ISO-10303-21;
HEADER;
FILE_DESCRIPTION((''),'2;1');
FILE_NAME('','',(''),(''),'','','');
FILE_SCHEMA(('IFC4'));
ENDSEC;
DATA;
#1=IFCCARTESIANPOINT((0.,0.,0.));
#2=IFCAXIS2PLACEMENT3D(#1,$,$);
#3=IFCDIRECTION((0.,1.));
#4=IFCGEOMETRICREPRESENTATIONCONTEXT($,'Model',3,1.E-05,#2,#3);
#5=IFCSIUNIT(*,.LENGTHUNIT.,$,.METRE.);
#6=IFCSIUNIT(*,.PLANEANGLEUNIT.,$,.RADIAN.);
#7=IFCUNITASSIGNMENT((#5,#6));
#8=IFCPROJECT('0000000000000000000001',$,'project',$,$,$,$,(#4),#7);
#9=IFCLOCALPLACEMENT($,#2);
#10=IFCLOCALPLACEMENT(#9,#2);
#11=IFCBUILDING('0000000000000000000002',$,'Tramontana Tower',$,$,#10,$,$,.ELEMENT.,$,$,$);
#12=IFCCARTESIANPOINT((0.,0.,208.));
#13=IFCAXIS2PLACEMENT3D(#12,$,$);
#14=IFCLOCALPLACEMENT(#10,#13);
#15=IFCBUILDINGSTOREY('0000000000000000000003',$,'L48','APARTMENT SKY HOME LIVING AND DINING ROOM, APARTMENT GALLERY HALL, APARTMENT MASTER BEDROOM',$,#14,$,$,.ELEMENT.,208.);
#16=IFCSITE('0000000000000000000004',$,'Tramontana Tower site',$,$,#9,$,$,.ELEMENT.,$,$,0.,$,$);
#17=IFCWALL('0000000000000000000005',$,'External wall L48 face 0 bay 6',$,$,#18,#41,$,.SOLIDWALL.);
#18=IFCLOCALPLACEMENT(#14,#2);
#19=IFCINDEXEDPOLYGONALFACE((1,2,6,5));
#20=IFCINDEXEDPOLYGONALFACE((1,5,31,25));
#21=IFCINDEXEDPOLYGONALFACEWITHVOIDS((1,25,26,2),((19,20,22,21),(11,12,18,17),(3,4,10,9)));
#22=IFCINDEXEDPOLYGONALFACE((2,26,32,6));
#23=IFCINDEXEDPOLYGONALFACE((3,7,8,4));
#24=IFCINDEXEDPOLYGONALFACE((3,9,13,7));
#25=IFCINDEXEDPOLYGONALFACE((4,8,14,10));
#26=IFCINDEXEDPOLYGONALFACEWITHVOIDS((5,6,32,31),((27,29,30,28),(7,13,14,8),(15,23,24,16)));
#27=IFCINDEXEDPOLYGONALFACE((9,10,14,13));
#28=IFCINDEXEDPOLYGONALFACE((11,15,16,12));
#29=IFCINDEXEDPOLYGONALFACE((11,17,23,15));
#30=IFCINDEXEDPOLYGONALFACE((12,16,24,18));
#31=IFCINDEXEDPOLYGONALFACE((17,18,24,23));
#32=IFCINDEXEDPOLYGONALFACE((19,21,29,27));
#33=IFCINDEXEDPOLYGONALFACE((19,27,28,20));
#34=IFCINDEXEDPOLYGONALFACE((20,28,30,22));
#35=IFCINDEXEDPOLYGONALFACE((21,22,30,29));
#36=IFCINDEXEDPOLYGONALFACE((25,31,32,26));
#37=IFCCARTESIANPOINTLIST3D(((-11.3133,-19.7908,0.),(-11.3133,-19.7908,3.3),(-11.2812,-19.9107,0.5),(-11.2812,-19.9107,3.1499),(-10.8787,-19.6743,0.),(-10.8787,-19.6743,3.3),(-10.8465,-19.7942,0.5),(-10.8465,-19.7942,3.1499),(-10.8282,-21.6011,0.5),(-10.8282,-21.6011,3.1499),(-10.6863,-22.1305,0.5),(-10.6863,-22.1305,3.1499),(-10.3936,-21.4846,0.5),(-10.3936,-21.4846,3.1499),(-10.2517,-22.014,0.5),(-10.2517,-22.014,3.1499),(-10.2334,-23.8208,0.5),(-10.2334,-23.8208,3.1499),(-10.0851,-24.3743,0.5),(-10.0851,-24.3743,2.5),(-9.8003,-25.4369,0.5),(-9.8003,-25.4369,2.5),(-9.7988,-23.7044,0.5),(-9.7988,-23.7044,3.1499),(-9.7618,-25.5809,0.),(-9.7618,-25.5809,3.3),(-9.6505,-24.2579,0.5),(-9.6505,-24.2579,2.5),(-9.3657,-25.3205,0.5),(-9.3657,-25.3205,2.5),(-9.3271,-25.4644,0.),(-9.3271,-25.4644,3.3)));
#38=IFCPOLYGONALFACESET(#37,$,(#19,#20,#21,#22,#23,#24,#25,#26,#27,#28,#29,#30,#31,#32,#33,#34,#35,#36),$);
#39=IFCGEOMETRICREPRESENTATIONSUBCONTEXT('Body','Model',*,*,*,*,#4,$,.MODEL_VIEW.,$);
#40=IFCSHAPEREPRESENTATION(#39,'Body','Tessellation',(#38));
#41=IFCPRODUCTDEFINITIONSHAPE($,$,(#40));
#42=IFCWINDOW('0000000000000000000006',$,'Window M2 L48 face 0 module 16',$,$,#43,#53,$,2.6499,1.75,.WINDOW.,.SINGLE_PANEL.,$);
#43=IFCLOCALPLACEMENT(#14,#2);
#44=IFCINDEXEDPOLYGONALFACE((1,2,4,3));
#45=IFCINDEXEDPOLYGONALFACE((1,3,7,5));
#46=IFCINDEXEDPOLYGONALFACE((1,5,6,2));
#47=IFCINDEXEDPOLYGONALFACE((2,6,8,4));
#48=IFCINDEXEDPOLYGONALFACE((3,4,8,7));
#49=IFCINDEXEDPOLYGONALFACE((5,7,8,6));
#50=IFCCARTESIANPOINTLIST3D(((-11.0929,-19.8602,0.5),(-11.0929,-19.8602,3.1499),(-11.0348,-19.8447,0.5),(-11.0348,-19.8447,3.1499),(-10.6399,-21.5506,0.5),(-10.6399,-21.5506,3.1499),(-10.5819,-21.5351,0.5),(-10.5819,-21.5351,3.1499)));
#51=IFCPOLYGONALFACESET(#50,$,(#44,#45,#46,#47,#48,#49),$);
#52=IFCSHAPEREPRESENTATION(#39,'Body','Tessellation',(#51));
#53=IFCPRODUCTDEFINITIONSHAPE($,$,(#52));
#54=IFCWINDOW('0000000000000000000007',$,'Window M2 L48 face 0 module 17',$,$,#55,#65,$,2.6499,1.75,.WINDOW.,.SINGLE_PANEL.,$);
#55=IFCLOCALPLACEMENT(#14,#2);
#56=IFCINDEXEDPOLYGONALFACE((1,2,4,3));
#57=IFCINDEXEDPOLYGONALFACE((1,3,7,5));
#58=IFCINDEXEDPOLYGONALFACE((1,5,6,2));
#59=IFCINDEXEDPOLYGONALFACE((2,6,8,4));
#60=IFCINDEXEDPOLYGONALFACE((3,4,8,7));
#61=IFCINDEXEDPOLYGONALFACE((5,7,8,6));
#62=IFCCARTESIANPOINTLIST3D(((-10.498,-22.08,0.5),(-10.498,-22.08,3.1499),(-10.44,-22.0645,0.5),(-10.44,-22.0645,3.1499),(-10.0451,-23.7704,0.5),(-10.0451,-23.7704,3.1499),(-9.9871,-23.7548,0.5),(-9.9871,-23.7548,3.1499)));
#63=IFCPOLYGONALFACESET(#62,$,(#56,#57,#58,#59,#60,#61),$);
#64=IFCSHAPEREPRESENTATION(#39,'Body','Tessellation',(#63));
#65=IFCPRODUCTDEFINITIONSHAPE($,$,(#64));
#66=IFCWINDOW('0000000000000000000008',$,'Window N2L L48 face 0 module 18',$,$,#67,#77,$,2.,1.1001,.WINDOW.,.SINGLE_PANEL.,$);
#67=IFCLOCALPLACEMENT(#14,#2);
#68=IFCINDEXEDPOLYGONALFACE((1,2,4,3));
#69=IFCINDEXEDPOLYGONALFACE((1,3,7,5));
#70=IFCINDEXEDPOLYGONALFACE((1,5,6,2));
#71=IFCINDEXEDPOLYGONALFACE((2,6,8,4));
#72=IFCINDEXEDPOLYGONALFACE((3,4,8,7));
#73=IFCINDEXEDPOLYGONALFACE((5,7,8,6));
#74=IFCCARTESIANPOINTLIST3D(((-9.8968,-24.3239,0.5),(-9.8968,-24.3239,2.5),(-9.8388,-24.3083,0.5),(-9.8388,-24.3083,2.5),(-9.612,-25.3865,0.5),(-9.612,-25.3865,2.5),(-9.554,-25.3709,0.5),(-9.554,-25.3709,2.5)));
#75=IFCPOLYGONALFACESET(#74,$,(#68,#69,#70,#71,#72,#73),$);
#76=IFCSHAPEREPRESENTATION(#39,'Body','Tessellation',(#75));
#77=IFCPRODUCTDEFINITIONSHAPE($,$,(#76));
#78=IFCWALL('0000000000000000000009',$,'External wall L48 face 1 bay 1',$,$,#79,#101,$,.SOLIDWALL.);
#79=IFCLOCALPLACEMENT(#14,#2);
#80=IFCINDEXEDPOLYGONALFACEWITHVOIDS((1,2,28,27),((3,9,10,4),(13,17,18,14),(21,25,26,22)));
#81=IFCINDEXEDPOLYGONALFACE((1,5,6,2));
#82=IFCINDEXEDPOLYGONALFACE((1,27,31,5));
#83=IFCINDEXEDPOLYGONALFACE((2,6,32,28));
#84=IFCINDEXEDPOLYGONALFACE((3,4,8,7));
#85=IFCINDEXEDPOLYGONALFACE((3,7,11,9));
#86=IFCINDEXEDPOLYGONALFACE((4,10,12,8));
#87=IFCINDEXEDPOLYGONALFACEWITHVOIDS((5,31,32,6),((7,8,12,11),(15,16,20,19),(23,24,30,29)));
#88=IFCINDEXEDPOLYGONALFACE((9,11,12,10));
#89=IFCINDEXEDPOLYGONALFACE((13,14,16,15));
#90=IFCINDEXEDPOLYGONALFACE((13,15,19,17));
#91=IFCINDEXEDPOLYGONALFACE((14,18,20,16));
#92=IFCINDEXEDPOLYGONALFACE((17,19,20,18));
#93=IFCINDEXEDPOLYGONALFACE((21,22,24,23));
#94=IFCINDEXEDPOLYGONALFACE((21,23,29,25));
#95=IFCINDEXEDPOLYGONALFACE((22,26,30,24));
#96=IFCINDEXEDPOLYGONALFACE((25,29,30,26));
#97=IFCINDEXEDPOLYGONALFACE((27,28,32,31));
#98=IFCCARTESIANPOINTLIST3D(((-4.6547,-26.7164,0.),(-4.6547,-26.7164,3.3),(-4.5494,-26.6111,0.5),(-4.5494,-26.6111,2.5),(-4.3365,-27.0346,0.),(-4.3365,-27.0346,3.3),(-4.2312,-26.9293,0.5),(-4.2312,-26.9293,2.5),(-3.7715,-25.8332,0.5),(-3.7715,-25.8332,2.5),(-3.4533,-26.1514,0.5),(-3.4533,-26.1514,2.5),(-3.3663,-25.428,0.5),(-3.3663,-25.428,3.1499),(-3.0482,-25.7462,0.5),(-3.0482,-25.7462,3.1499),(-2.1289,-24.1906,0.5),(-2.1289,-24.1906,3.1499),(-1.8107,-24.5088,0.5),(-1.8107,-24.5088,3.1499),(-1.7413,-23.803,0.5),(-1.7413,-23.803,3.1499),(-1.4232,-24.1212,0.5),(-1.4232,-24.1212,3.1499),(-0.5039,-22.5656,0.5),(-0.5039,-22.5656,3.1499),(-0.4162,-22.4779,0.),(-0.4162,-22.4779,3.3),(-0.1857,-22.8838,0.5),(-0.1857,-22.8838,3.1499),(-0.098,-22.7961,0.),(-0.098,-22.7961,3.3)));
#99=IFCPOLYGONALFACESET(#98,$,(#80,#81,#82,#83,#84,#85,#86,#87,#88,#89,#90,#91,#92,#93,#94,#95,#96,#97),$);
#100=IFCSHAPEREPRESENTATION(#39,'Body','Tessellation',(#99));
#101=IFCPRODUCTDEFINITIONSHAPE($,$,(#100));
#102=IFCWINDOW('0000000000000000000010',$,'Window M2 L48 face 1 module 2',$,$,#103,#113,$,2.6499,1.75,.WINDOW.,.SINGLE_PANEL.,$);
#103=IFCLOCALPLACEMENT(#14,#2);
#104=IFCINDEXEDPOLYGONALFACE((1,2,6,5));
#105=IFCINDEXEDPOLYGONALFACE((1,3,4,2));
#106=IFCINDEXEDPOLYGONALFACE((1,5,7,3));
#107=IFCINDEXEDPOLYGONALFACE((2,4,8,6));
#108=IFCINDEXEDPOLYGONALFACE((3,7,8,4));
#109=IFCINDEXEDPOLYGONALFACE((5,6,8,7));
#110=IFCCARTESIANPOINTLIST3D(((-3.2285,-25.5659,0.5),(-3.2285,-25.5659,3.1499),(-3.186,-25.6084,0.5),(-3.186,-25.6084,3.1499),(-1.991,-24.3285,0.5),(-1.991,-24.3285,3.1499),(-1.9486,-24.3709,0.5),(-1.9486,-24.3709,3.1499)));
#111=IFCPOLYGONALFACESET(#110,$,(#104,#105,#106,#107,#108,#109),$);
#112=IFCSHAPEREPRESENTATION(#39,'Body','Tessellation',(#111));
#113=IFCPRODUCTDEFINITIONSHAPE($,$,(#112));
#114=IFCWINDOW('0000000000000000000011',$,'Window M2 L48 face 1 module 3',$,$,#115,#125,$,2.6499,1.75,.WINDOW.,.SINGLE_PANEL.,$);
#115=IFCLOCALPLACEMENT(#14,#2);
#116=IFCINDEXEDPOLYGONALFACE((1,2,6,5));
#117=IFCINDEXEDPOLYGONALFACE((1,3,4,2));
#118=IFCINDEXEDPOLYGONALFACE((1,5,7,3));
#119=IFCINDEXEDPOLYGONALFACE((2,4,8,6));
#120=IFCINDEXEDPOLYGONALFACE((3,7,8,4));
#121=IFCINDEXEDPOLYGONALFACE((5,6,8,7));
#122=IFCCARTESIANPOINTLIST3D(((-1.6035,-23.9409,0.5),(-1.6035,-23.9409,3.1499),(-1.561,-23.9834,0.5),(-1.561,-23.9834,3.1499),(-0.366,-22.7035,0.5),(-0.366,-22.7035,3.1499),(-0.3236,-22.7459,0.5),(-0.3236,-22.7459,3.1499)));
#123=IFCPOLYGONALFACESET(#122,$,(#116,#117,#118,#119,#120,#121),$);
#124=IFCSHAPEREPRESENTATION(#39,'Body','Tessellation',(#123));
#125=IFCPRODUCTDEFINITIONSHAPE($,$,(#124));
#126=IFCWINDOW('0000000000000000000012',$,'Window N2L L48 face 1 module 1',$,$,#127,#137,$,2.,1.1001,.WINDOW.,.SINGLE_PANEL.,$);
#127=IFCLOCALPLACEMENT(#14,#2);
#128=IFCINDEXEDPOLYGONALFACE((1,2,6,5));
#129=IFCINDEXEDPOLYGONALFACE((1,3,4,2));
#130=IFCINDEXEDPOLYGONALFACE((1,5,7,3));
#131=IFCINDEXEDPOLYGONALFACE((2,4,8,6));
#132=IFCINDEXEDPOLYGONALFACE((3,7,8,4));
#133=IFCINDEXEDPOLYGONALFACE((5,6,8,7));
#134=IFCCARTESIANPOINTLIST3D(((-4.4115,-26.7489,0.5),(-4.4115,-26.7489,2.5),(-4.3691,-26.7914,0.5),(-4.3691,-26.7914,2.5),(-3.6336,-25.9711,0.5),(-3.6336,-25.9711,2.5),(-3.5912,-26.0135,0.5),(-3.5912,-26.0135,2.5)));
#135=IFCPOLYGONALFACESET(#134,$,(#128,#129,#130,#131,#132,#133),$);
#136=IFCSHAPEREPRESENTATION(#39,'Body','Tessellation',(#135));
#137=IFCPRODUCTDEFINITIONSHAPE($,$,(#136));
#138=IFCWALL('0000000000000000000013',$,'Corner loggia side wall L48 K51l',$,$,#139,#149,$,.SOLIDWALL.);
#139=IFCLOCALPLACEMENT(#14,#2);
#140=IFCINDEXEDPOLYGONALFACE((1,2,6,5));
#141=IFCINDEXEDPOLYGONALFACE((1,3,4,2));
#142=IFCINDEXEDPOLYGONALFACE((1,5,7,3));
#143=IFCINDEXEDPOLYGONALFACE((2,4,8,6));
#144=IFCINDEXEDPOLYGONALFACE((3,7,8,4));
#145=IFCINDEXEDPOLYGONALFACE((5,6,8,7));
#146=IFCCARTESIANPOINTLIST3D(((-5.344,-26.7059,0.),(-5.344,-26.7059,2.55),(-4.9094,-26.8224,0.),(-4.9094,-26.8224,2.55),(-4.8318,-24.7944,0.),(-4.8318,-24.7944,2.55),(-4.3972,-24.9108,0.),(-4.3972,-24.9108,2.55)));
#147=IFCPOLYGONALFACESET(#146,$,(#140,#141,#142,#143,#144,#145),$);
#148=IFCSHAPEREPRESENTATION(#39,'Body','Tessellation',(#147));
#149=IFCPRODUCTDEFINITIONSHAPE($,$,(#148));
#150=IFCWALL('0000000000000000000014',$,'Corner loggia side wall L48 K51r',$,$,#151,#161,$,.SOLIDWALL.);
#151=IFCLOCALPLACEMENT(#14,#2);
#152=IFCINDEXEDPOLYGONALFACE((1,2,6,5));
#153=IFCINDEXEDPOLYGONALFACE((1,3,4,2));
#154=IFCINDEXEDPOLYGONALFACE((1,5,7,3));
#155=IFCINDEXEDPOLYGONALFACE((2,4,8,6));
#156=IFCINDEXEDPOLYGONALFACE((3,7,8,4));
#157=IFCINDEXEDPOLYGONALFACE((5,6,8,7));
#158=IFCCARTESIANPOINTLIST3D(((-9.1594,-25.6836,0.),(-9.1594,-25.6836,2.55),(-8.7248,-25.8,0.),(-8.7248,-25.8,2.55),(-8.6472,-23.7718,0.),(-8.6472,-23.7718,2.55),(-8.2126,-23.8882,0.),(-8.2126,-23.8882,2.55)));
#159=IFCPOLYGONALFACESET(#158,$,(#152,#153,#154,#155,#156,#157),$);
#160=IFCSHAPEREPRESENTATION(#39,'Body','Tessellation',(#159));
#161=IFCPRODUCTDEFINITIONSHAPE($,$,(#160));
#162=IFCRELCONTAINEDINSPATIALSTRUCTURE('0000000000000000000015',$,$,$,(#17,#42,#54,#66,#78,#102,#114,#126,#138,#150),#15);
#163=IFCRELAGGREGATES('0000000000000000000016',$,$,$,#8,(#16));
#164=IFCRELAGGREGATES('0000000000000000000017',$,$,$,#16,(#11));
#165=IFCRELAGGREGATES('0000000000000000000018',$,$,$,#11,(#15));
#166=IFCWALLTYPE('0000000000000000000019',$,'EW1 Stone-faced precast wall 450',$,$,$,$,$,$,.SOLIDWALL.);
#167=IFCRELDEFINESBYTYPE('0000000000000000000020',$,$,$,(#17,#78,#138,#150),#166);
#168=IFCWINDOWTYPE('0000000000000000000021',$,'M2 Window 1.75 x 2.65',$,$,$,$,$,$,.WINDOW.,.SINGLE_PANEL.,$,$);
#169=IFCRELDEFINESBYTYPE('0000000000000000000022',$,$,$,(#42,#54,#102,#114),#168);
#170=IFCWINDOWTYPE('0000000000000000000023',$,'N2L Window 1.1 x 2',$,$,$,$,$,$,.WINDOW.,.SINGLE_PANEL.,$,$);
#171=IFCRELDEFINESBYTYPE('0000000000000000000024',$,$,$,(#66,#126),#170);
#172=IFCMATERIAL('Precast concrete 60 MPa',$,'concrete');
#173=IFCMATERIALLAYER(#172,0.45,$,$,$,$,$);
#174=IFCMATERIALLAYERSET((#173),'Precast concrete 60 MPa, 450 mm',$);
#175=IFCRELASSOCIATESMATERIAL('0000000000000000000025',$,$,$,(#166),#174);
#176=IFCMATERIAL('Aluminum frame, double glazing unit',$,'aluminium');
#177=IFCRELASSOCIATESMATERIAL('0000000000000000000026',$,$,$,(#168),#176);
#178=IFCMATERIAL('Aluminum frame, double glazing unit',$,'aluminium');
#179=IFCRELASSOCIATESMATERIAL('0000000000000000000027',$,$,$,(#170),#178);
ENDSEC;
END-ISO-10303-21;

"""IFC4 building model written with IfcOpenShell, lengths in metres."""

from ifc_helpers import new_model, si_unit, direction, frame, frame_2d, origin, place, context, subcontext, project, spatial, rectangle, extrude, material, layer, layer_set, type_object, element, fill, save


model = new_model("IFC4")

# Units and contexts
model_context = context("Model", 3, precision=1e-05, world=origin(), true_north=direction((0.0, 1.0)))
body_context = subcontext(model_context, "Body", "Model", "MODEL_VIEW")
ifc_project = project(units=[si_unit("LENGTHUNIT", "METRE"), si_unit("PLANEANGLEUNIT", "RADIAN")], contexts=[model_context])

# Site, building, storey
site_placement = place(None, origin())
site = spatial("IfcSite", under=ifc_project, at=site_placement, Name="Tramontana Tower site", CompositionType="ELEMENT", RefElevation=0.0)
building_placement = place(site_placement, origin())
building = spatial("IfcBuilding", under=site, at=building_placement, Name="Tramontana Tower", CompositionType="ELEMENT")
storey_placement = place(building_placement, frame((0.0, 0.0, 208.0)))
storey = spatial("IfcBuildingStorey", under=building, at=storey_placement, Name="L48", Description="APARTMENT SKY HOME LIVING AND DINING ROOM, APARTMENT GALLERY HALL, APARTMENT MASTER BEDROOM", CompositionType="ELEMENT", Elevation=208.0)

# Walls, openings, windows
ifc_material_1 = material(Name="Precast concrete 60 MPa", Category="concrete")
ifc_layer_1 = layer(ifc_material_1, 0.45)
ifc_layer_set_1 = layer_set([ifc_layer_1], Name="Precast concrete 60 MPa, 450 mm")
wall_type_1 = type_object("IfcWallType", Name="EW1 Stone-faced precast wall 450", PredefinedType="SOLIDWALL", material=ifc_layer_set_1)
wall_1_placement = place(storey_placement, frame((-11.0959, -19.7327, 0.0), z_axis=(0.0, 0.0, 1.0), x_axis=(0.258831, -0.965923, 0.0)))
wall_1 = element("IfcWall", 1, at=wall_1_placement, inside=storey, type_object=wall_type_1, Name="External wall L48 face 0 bay 6", PredefinedType="SOLIDWALL", context=body_context, shape_type="SweptSolid", body=[
    extrude(rectangle(XDim=5.9944, YDim=0.45, at=frame_2d((2.9971, 0.0))), origin(), (0.0, 0.0, 1.0), 3.3),
])
opening_1_placement = place(wall_1_placement, frame((0.124, 0.0, 0.5)))
opening_1 = element("IfcOpeningElement", 2, at=opening_1_placement, cuts=wall_1, PredefinedType="OPENING", context=body_context, shape_type="SweptSolid", body=[
    extrude(rectangle(XDim=1.75, YDim=2.6499, at=frame_2d((0.875, 1.325))), frame((0.0, 0.2349, 0.0), z_axis=(0.0, -1.0, 0.0), x_axis=(1.0, 0.0, 0.0)), (0.0, 0.0, 1.0), 0.47),
])
opening_2_placement = place(wall_1_placement, frame((2.4221, 0.0, 0.5)))
opening_2 = element("IfcOpeningElement", 3, at=opening_2_placement, cuts=wall_1, PredefinedType="OPENING", context=body_context, shape_type="SweptSolid", body=[
    extrude(rectangle(XDim=1.75, YDim=2.6499, at=frame_2d((0.875, 1.325))), frame((0.0, 0.2349, 0.0), z_axis=(0.0, -1.0, 0.0), x_axis=(1.0, 0.0, 0.0)), (0.0, 0.0, 1.0), 0.47),
])
opening_3_placement = place(wall_1_placement, frame((4.7451, 0.0, 0.5)))
opening_3 = element("IfcOpeningElement", 4, at=opening_3_placement, cuts=wall_1, PredefinedType="OPENING", context=body_context, shape_type="SweptSolid", body=[
    extrude(rectangle(XDim=1.1001, YDim=2.0, at=frame_2d((0.55, 1.0))), frame((0.0, 0.2349, 0.0), z_axis=(0.0, -1.0, 0.0), x_axis=(1.0, 0.0, 0.0)), (0.0, 0.0, 1.0), 0.47),
])
ifc_material_2 = material(Name="Aluminum frame, double glazing unit", Category="aluminium")
window_type_1 = type_object("IfcWindowType", Name="M2 Window 1.75 x 2.65", PartitioningType="SINGLE_PANEL", PredefinedType="WINDOW", material=ifc_material_2)
window_1_placement = place(opening_1_placement, origin())
window_1 = element("IfcWindow", 5, at=window_1_placement, inside=storey, type_object=window_type_1, Name="Window M2 L48 face 0 module 16", OverallHeight=2.6499, OverallWidth=1.75, PartitioningType="SINGLE_PANEL", PredefinedType="WINDOW", context=body_context, shape_type="SweptSolid", body=[
    extrude(rectangle(XDim=1.75, YDim=2.6499, at=frame_2d((0.875, 1.325))), frame((0.0, 0.03, 0.0), z_axis=(0.0, -1.0, 0.0), x_axis=(1.0, 0.0, 0.0)), (0.0, 0.0, 1.0), 0.0601),
])
fill(opening_1, window_1)
window_2_placement = place(opening_2_placement, origin())
window_2 = element("IfcWindow", 6, at=window_2_placement, inside=storey, type_object=window_type_1, Name="Window M2 L48 face 0 module 17", OverallHeight=2.6499, OverallWidth=1.75, PartitioningType="SINGLE_PANEL", PredefinedType="WINDOW", context=body_context, shape_type="SweptSolid", body=[
    extrude(rectangle(XDim=1.75, YDim=2.6499, at=frame_2d((0.875, 1.325))), frame((0.0, 0.03, 0.0), z_axis=(0.0, -1.0, 0.0), x_axis=(1.0, 0.0, 0.0)), (0.0, 0.0, 1.0), 0.0601),
])
fill(opening_2, window_2)
ifc_material_3 = material(Name="Aluminum frame, double glazing unit", Category="aluminium")
window_type_2 = type_object("IfcWindowType", Name="N2L Window 1.1 x 2", PartitioningType="SINGLE_PANEL", PredefinedType="WINDOW", material=ifc_material_3)
window_3_placement = place(opening_3_placement, origin())
window_3 = element("IfcWindow", 7, at=window_3_placement, inside=storey, type_object=window_type_2, Name="Window N2L L48 face 0 module 18", OverallHeight=2.0, OverallWidth=1.1001, PartitioningType="SINGLE_PANEL", PredefinedType="WINDOW", context=body_context, shape_type="SweptSolid", body=[
    extrude(rectangle(XDim=1.1001, YDim=2.0, at=frame_2d((0.55, 1.0))), frame((0.0, 0.03, 0.0), z_axis=(0.0, -1.0, 0.0), x_axis=(1.0, 0.0, 0.0)), (0.0, 0.0, 1.0), 0.0601),
])
fill(opening_3, window_3)
wall_2_placement = place(storey_placement, frame((-4.4956, -26.8755, 0.0), z_axis=(0.0, 0.0, 1.0), x_axis=(0.707107, 0.707107, 0.0)))
wall_2 = element("IfcWall", 8, at=wall_2_placement, inside=storey, type_object=wall_type_1, Name="External wall L48 face 1 bay 1", PredefinedType="SOLIDWALL", context=body_context, shape_type="SweptSolid", body=[
    extrude(rectangle(XDim=5.9941, YDim=0.45, at=frame_2d((2.9971, 0.0))), origin(), (0.0, 0.0, 1.0), 3.3),
])
opening_4_placement = place(wall_2_placement, frame((0.1489, 0.0, 0.5)))
opening_4 = element("IfcOpeningElement", 9, at=opening_4_placement, cuts=wall_2, PredefinedType="OPENING", context=body_context, shape_type="SweptSolid", body=[
    extrude(rectangle(XDim=1.1001, YDim=2.0, at=frame_2d((0.55, 1.0))), frame((0.0, 0.2349, 0.0), z_axis=(0.0, -1.0, 0.0), x_axis=(1.0, 0.0, 0.0)), (0.0, 0.0, 1.0), 0.47),
])
opening_5_placement = place(wall_2_placement, frame((1.822, 0.0, 0.5)))
opening_5 = element("IfcOpeningElement", 10, at=opening_5_placement, cuts=wall_2, PredefinedType="OPENING", context=body_context, shape_type="SweptSolid", body=[
    extrude(rectangle(XDim=1.75, YDim=2.6499, at=frame_2d((0.875, 1.325))), frame((0.0, 0.2349, 0.0), z_axis=(0.0, -1.0, 0.0), x_axis=(1.0, 0.0, 0.0)), (0.0, 0.0, 1.0), 0.47),
])
opening_6_placement = place(wall_2_placement, frame((4.1201, 0.0, 0.5)))
opening_6 = element("IfcOpeningElement", 11, at=opening_6_placement, cuts=wall_2, PredefinedType="OPENING", context=body_context, shape_type="SweptSolid", body=[
    extrude(rectangle(XDim=1.75, YDim=2.6499, at=frame_2d((0.875, 1.325))), frame((0.0, 0.2349, 0.0), z_axis=(0.0, -1.0, 0.0), x_axis=(1.0, 0.0, 0.0)), (0.0, 0.0, 1.0), 0.47),
])
window_4_placement = place(opening_5_placement, origin())
window_4 = element("IfcWindow", 12, at=window_4_placement, inside=storey, type_object=window_type_1, Name="Window M2 L48 face 1 module 2", OverallHeight=2.6499, OverallWidth=1.75, PartitioningType="SINGLE_PANEL", PredefinedType="WINDOW", context=body_context, shape_type="SweptSolid", body=[
    extrude(rectangle(XDim=1.75, YDim=2.6499, at=frame_2d((0.875, 1.325))), frame((0.0, 0.03, 0.0), z_axis=(0.0, -1.0, 0.0), x_axis=(1.0, 0.0, 0.0)), (0.0, 0.0, 1.0), 0.0601),
])
fill(opening_5, window_4)
window_5_placement = place(opening_6_placement, origin())
window_5 = element("IfcWindow", 13, at=window_5_placement, inside=storey, type_object=window_type_1, Name="Window M2 L48 face 1 module 3", OverallHeight=2.6499, OverallWidth=1.75, PartitioningType="SINGLE_PANEL", PredefinedType="WINDOW", context=body_context, shape_type="SweptSolid", body=[
    extrude(rectangle(XDim=1.75, YDim=2.6499, at=frame_2d((0.875, 1.325))), frame((0.0, 0.03, 0.0), z_axis=(0.0, -1.0, 0.0), x_axis=(1.0, 0.0, 0.0)), (0.0, 0.0, 1.0), 0.0601),
])
fill(opening_6, window_5)
window_6_placement = place(opening_4_placement, origin())
window_6 = element("IfcWindow", 14, at=window_6_placement, inside=storey, type_object=window_type_2, Name="Window N2L L48 face 1 module 1", OverallHeight=2.0, OverallWidth=1.1001, PartitioningType="SINGLE_PANEL", PredefinedType="WINDOW", context=body_context, shape_type="SweptSolid", body=[
    extrude(rectangle(XDim=1.1001, YDim=2.0, at=frame_2d((0.55, 1.0))), frame((0.0, 0.03, 0.0), z_axis=(0.0, -1.0, 0.0), x_axis=(1.0, 0.0, 0.0)), (0.0, 0.0, 1.0), 0.0601),
])
fill(opening_4, window_6)

# Walls
wall_3_placement = place(storey_placement, frame((-5.1267, -26.7642, 0.0), z_axis=(0.0, 0.0, 1.0), x_axis=(0.258814, 0.965927, 0.0)))
element("IfcWall", 15, at=wall_3_placement, inside=storey, type_object=wall_type_1, Name="Corner loggia side wall L48 K51l", PredefinedType="SOLIDWALL", context=body_context, shape_type="SweptSolid", body=[
    extrude(rectangle(XDim=1.979, YDim=0.45, at=frame_2d((0.9895, 0.0))), origin(), (0.0, 0.0, 1.0), 2.55),
])
wall_4_placement = place(storey_placement, frame((-8.9421, -25.7419, 0.0), z_axis=(0.0, 0.0, 1.0), x_axis=(0.258783, 0.965935, 0.0)))
element("IfcWall", 16, at=wall_4_placement, inside=storey, type_object=wall_type_1, Name="Corner loggia side wall L48 K51r", PredefinedType="SOLIDWALL", context=body_context, shape_type="SweptSolid", body=[
    extrude(rectangle(XDim=1.9792, YDim=0.45, at=frame_2d((0.9897, 0.0))), origin(), (0.0, 0.0, 1.0), 2.55),
])

save(model, "model.ifc")
